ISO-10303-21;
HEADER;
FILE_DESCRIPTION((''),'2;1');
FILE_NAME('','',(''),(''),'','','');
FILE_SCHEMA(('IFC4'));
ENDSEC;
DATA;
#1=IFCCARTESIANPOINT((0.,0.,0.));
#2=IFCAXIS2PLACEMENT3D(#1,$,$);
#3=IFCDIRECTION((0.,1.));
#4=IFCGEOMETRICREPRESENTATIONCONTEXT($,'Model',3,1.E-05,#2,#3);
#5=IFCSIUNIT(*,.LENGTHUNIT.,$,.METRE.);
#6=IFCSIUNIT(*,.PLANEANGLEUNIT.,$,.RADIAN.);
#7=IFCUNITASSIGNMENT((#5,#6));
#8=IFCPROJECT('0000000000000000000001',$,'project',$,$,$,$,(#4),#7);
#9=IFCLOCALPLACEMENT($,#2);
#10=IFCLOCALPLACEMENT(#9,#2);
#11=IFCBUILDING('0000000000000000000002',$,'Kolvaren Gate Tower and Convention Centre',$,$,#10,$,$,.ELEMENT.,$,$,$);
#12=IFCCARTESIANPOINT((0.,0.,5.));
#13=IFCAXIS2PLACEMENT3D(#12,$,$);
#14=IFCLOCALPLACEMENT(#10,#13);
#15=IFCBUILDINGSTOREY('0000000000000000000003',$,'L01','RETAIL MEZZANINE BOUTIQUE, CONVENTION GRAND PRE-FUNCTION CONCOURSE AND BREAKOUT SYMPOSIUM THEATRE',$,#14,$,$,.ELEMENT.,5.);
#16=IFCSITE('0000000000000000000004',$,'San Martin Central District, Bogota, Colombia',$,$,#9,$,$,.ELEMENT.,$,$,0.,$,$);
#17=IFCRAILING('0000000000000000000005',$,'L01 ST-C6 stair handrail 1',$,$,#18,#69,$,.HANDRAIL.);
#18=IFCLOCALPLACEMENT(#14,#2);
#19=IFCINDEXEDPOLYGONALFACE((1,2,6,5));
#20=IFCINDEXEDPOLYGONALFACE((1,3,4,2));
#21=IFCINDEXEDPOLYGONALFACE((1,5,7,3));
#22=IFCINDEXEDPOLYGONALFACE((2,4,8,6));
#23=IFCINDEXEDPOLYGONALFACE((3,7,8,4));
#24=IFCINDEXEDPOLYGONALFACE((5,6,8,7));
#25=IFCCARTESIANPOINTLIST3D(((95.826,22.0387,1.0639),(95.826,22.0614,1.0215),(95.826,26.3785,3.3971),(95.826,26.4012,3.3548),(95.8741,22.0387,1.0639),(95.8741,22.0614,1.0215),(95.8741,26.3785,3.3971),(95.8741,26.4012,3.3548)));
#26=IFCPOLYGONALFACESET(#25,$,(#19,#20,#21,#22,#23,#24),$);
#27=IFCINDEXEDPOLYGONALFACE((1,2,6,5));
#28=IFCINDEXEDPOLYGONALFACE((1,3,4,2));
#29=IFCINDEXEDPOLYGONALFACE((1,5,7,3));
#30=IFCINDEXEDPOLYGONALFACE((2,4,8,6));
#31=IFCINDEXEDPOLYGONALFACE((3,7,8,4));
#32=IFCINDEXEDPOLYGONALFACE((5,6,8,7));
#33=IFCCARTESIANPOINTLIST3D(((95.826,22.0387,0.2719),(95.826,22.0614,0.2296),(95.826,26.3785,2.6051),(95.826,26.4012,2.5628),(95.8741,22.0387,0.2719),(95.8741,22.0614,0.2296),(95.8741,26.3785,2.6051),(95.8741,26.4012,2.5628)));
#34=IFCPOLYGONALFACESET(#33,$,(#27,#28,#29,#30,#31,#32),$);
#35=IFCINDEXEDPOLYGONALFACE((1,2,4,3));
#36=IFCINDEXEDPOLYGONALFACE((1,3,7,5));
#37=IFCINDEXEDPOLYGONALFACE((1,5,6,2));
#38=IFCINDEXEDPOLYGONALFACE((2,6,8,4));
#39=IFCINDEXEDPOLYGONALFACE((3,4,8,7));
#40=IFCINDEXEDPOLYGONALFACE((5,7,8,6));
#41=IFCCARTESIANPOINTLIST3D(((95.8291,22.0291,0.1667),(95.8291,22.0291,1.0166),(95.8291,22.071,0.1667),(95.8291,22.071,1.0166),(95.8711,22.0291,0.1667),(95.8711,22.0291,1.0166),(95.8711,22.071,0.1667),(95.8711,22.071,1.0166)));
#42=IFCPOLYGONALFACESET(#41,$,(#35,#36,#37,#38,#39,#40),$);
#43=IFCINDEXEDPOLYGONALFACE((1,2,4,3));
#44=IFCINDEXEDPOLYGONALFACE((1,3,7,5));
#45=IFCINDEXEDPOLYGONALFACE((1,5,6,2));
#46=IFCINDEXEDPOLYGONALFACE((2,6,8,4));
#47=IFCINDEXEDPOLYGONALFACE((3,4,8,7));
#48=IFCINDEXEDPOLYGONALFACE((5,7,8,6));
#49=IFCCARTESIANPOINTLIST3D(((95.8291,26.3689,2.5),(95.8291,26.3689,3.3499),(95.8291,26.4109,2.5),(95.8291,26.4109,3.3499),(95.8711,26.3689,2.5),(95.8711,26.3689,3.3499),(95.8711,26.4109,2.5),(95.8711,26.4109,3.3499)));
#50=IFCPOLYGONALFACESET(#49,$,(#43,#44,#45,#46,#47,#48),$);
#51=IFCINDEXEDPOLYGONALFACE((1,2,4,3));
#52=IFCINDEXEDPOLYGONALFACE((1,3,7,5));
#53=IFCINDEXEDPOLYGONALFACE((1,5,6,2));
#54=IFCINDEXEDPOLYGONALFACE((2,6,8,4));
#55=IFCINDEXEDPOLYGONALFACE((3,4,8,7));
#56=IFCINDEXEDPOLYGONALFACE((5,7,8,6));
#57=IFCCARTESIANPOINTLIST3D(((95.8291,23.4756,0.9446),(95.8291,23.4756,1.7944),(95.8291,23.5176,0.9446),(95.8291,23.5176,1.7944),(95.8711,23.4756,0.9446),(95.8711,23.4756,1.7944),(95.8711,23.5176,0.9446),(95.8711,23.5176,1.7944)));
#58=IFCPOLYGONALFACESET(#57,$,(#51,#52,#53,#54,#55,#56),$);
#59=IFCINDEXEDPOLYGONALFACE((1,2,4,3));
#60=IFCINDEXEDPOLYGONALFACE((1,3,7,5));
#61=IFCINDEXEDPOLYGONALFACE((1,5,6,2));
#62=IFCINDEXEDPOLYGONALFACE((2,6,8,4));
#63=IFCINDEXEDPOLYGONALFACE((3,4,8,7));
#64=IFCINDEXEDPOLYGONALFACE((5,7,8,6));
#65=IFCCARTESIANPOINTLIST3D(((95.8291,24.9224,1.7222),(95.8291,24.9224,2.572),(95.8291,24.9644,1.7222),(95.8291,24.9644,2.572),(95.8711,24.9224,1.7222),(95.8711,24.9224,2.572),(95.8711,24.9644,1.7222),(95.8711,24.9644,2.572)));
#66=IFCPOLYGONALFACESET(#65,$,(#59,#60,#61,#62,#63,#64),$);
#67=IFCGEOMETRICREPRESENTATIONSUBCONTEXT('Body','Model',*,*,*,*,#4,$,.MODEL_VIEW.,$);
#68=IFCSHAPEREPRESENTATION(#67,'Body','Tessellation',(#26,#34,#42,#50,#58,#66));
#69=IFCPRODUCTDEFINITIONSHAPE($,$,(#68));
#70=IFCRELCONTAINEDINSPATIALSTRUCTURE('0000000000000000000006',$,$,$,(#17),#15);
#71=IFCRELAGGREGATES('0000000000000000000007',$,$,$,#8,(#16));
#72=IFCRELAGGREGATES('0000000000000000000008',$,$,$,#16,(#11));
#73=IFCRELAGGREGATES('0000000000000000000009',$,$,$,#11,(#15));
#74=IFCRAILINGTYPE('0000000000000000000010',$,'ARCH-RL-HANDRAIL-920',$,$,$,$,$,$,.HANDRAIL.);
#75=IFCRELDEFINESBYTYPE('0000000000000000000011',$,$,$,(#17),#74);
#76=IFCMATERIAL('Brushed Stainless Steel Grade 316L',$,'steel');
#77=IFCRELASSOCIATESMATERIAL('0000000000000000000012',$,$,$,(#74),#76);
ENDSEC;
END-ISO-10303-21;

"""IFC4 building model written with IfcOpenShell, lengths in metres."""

from ifc_helpers import new_model, si_unit, direction, frame, origin, origin_2d, place, context, subcontext, project, spatial, rectangle, extrude, material, type_object, element, save


model = new_model("IFC4")

# Units and contexts
model_context = context("Model", 3, precision=1e-05, world=origin(), true_north=direction((0.0, 1.0)))
body_context = subcontext(model_context, "Body", "Model", "MODEL_VIEW")
ifc_project = project(units=[si_unit("LENGTHUNIT", "METRE"), si_unit("PLANEANGLEUNIT", "RADIAN")], contexts=[model_context])

# Site, building, storey
site_placement = place(None, origin())
site = spatial("IfcSite", under=ifc_project, at=site_placement, Name="San Martin Central District, Bogota, Colombia", CompositionType="ELEMENT", RefElevation=0.0)
building_placement = place(site_placement, origin())
building = spatial("IfcBuilding", under=site, at=building_placement, Name="Kolvaren Gate Tower and Convention Centre", CompositionType="ELEMENT")
storey_placement = place(building_placement, frame((0.0, 0.0, 5.0)))
storey = spatial("IfcBuildingStorey", under=building, at=storey_placement, Name="L01", Description="RETAIL MEZZANINE BOUTIQUE, CONVENTION GRAND PRE-FUNCTION CONCOURSE AND BREAKOUT SYMPOSIUM THEATRE", CompositionType="ELEMENT", Elevation=5.0)

# Railing
ifc_material_1 = material(Name="Brushed Stainless Steel Grade 316L", Category="steel")
railing_type_1 = type_object("IfcRailingType", Name="ARCH-RL-HANDRAIL-920", PredefinedType="HANDRAIL", material=ifc_material_1)
railing_1_placement = place(storey_placement, frame((95.8501, 22.05, 0.1667)))
element("IfcRailing", 1, at=railing_1_placement, inside=storey, type_object=railing_type_1, Name="L01 ST-C6 stair handrail 1", PredefinedType="HANDRAIL", context=body_context, shape_type="SweptSolid", body=[
    extrude(rectangle(XDim=0.0481, YDim=0.0481, at=origin_2d()), frame((0.0, 0.0, 0.876), z_axis=(0.0, 0.880775, 0.473535), x_axis=(-1.0, 0.0, 0.0)), (0.0, 0.0, 1.0), 4.9272),
    extrude(rectangle(XDim=0.0481, YDim=0.0481, at=origin_2d()), frame((0.0, 0.0, 0.084), z_axis=(0.0, 0.880775, 0.473535), x_axis=(-1.0, 0.0, 0.0)), (0.0, 0.0, 1.0), 4.9272),
    extrude(rectangle(XDim=0.042, YDim=0.042, at=origin_2d()), origin(), (0.0, 0.0, 1.0), 0.8499),
    extrude(rectangle(XDim=0.042, YDim=0.042, at=origin_2d()), frame((0.0, 4.3398, 2.3333)), (0.0, 0.0, 1.0), 0.8499),
    extrude(rectangle(XDim=0.042, YDim=0.042, at=origin_2d()), frame((0.0, 1.4465, 0.7778)), (0.0, 0.0, 1.0), 0.8499),
    extrude(rectangle(XDim=0.042, YDim=0.042, at=origin_2d()), frame((0.0, 2.8933, 1.5554)), (0.0, 0.0, 1.0), 0.8499),
])

save(model, "model.ifc")
